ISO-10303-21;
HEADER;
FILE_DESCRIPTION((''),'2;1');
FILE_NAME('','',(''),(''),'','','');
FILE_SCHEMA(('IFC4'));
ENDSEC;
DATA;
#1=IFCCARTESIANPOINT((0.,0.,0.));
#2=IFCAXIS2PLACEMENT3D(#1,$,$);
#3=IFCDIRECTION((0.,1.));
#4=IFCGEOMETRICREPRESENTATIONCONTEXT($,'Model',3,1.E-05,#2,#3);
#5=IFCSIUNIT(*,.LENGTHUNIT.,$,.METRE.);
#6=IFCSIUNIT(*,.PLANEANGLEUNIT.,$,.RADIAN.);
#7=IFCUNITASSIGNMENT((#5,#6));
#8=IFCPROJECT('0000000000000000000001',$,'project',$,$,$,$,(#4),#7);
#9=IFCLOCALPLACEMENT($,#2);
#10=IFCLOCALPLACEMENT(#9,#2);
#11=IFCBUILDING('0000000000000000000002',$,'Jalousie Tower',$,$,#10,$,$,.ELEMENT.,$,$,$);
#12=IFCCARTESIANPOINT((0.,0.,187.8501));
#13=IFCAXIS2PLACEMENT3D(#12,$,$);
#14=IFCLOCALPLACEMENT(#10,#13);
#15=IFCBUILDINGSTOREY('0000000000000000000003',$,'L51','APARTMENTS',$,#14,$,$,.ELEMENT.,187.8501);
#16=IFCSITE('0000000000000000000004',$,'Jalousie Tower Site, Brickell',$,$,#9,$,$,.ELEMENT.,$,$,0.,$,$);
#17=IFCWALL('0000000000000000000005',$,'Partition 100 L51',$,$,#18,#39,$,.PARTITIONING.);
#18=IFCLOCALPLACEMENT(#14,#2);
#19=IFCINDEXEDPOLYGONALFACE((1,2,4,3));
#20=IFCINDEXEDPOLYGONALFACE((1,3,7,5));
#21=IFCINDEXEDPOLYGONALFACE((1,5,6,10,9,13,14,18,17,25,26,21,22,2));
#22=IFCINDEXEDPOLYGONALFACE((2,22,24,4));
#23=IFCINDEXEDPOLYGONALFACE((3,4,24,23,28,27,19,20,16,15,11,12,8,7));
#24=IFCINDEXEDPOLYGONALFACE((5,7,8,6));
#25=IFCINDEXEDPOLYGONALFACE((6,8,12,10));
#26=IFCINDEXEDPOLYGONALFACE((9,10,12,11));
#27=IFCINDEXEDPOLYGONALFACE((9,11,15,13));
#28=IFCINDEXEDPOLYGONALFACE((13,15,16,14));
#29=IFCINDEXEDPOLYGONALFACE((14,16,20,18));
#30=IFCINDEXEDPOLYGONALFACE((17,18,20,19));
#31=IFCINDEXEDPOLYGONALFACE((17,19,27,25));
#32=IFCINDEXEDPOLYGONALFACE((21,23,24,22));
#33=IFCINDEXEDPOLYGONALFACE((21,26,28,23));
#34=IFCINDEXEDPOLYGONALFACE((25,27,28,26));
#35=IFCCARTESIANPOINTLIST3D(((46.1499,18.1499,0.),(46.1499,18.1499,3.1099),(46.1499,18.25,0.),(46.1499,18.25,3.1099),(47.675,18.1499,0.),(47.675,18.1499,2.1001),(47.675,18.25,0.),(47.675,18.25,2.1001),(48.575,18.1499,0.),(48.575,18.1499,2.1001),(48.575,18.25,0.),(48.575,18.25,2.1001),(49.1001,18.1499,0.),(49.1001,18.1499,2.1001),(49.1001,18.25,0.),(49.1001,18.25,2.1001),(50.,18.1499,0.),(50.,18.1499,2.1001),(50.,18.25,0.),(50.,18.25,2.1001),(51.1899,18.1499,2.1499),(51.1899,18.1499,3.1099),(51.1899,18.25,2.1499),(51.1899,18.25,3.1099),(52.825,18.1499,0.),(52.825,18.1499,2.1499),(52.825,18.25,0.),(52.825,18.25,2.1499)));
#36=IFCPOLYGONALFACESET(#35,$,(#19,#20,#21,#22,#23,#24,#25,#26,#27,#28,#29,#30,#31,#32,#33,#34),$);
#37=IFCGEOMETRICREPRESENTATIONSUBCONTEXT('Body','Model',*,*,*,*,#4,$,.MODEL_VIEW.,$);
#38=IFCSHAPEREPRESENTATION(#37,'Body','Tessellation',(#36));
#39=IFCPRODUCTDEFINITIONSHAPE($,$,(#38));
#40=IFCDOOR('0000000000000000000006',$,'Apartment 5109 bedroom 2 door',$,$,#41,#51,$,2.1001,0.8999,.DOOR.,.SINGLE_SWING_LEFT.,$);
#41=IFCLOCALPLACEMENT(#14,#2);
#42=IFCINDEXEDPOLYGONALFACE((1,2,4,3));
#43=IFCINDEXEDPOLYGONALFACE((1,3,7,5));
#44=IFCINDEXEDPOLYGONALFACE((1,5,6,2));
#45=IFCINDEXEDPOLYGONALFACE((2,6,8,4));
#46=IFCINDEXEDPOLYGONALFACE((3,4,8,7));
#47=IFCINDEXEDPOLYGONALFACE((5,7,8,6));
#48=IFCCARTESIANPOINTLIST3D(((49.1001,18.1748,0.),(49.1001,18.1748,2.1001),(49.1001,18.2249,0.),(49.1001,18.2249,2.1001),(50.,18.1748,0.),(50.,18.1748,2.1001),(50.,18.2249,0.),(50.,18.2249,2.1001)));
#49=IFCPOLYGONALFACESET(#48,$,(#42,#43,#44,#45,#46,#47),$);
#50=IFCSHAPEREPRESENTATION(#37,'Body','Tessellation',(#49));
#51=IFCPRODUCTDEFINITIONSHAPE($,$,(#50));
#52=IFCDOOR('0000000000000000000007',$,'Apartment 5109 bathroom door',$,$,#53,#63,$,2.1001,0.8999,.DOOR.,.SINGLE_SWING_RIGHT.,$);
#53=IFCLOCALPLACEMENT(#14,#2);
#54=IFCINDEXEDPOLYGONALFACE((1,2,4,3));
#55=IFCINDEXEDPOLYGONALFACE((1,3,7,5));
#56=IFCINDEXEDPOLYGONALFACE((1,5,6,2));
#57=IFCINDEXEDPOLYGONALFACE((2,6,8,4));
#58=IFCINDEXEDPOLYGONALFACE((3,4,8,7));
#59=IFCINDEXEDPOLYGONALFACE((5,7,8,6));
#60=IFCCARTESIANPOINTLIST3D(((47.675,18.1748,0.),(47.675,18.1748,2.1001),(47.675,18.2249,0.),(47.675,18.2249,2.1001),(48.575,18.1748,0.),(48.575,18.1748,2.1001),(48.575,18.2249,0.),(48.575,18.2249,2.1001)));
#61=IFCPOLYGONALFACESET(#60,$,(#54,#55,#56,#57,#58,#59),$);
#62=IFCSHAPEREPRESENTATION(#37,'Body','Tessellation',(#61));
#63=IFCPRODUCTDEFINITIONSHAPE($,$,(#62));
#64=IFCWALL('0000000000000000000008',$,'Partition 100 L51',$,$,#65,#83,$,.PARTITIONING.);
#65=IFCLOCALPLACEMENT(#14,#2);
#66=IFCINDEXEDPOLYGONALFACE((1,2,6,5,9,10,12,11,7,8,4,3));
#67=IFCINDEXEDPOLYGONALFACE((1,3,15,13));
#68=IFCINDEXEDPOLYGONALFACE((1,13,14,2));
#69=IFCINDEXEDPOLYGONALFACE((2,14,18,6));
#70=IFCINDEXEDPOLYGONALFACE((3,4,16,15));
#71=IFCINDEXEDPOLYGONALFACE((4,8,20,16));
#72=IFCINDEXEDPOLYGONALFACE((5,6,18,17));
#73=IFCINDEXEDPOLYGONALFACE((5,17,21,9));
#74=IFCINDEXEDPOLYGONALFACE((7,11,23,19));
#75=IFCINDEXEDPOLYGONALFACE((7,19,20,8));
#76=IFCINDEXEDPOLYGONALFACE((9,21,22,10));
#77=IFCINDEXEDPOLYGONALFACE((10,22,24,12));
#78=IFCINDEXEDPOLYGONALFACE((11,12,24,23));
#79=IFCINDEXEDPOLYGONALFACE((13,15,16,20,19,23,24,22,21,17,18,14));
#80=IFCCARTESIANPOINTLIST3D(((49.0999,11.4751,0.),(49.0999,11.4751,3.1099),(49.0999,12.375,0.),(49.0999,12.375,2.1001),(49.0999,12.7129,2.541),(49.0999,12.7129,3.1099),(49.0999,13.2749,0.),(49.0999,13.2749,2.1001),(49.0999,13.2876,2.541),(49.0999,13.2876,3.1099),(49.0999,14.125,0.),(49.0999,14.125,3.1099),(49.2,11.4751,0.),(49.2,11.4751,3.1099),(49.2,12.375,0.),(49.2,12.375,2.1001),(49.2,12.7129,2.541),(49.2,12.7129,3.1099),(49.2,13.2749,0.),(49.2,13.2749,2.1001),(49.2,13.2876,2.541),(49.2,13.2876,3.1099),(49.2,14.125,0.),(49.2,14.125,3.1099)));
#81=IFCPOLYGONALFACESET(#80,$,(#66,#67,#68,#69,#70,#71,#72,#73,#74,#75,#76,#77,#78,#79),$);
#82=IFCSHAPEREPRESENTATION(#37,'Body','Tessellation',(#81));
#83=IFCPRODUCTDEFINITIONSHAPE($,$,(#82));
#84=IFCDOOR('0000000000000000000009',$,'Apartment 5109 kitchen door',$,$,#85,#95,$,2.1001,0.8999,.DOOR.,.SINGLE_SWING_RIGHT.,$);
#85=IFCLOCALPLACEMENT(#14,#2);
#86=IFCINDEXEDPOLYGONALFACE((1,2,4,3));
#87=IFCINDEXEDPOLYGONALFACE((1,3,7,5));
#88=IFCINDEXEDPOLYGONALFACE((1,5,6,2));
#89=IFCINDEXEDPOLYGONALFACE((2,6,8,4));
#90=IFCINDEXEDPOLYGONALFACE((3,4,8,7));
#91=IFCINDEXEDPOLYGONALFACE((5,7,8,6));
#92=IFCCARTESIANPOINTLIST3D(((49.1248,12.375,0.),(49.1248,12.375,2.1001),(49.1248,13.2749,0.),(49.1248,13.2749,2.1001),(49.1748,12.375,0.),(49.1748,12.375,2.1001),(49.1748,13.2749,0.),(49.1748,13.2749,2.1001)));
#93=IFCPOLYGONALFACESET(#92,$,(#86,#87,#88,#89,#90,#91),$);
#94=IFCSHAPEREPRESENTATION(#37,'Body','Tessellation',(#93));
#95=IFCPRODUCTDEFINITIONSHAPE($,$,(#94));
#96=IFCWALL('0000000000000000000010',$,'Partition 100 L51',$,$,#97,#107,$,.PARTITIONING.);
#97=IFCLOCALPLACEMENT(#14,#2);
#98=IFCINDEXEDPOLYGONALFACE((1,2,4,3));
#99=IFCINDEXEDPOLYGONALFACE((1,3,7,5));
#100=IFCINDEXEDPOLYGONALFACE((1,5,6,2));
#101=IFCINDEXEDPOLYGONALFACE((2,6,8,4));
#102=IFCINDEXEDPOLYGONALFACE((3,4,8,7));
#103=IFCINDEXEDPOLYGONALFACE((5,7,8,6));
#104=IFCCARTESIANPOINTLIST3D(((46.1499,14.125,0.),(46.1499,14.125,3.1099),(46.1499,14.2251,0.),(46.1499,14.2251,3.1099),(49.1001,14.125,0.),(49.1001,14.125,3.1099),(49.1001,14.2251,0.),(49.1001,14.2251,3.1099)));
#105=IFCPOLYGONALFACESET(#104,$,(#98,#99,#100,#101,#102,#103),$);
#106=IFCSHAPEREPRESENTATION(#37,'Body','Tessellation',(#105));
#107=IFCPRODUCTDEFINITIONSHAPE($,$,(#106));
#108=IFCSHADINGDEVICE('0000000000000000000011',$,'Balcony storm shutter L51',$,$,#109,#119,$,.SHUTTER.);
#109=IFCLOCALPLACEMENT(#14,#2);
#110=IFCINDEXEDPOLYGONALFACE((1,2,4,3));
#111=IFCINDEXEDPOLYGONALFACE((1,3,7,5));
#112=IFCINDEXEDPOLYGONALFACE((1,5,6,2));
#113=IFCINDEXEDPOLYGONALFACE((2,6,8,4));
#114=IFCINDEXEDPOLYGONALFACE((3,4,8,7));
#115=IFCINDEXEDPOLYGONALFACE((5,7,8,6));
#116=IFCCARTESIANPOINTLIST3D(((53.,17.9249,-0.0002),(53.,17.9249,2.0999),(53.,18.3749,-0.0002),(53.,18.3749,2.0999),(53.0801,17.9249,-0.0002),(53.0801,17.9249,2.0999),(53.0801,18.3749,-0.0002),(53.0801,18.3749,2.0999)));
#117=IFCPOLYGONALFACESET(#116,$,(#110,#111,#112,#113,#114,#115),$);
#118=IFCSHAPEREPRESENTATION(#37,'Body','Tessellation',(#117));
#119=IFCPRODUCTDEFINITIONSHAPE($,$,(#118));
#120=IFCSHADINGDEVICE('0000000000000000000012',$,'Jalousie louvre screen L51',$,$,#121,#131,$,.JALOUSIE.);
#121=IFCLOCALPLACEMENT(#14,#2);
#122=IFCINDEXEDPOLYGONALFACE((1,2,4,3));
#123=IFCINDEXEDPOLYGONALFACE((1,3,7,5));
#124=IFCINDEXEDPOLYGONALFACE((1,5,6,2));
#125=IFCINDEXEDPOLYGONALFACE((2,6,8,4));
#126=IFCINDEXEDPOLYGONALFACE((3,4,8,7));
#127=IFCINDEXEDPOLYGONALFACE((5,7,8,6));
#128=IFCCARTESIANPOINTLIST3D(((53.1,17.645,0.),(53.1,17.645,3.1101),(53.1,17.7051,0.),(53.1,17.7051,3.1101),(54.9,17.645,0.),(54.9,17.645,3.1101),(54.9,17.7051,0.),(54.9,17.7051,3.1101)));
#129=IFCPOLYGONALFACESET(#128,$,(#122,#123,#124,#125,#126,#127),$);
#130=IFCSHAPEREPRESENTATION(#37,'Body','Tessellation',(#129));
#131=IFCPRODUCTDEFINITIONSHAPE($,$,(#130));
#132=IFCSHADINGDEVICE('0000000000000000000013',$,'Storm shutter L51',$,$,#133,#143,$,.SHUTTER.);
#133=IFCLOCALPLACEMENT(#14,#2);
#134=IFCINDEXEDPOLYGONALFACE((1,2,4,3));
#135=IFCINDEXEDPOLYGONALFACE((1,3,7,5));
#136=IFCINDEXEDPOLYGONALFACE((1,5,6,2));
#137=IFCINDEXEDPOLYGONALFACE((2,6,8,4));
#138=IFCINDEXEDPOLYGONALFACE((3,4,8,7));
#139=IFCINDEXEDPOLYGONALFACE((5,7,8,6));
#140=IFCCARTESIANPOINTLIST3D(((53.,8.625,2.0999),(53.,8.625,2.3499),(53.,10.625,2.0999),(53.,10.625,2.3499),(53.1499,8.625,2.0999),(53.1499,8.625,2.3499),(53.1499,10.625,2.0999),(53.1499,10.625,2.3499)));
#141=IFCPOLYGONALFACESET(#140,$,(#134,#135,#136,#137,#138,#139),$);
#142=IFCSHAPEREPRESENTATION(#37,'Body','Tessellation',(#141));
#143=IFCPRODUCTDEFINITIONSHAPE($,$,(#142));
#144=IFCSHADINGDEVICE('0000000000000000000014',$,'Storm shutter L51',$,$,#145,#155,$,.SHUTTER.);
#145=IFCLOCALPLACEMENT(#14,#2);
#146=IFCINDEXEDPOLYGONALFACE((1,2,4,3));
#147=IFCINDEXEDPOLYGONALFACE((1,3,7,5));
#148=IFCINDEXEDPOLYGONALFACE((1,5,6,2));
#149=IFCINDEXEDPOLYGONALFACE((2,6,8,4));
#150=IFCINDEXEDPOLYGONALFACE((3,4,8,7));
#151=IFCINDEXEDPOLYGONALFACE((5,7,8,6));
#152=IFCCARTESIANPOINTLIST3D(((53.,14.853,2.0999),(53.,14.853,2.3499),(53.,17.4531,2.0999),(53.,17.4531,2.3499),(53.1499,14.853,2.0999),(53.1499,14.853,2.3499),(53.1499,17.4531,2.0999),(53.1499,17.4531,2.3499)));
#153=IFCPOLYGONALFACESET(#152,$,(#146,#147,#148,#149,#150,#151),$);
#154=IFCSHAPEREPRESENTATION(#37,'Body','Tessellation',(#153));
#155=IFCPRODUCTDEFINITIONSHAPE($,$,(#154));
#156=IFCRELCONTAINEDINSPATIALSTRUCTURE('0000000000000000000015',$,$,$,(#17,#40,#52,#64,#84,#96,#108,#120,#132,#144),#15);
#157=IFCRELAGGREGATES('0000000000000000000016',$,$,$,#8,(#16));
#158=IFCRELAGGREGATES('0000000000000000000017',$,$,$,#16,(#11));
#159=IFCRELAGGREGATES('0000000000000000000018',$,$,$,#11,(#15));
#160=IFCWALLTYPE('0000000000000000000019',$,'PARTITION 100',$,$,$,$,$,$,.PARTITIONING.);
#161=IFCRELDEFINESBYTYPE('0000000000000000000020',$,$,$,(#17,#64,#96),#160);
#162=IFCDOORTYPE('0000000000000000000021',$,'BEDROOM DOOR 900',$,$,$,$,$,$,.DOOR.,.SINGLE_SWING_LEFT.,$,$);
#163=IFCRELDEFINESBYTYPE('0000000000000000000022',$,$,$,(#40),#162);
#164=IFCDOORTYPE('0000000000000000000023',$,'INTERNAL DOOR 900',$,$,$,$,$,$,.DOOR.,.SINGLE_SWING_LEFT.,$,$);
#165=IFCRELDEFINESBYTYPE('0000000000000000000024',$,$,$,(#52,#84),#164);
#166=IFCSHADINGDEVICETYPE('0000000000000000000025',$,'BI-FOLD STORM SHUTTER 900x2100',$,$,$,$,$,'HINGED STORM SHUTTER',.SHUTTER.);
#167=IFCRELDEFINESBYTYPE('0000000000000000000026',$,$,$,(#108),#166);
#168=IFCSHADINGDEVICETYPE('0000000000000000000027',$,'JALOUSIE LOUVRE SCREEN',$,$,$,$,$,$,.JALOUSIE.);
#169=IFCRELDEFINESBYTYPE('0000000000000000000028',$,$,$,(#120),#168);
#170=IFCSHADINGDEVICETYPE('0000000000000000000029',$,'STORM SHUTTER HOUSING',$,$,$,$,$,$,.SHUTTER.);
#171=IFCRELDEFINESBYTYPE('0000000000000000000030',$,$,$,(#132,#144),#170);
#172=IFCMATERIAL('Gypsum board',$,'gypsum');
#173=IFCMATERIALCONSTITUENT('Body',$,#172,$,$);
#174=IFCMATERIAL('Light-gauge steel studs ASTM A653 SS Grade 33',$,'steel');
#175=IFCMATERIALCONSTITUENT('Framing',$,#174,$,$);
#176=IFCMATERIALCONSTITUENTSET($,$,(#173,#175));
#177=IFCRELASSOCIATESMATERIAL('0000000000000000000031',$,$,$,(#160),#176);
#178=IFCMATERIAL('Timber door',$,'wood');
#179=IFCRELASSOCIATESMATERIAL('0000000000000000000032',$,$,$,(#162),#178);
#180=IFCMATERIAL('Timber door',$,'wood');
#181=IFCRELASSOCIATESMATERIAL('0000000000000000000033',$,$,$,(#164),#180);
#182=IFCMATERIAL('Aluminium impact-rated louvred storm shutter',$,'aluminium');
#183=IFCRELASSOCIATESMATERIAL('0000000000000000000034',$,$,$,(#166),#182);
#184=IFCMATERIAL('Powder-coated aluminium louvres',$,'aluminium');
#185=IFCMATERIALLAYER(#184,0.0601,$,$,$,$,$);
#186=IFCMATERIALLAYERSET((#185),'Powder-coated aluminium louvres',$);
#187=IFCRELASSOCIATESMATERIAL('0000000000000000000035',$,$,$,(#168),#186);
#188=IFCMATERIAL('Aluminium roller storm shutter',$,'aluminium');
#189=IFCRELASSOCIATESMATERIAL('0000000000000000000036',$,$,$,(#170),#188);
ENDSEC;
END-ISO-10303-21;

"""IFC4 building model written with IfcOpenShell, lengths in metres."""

from ifc_helpers import new_model, si_unit, direction, frame, frame_2d, origin, origin_2d, place, context, subcontext, project, spatial, polyline, rectangle, outline, extrude, material, layer, layer_set, constituent, constituent_set, type_object, element, fill, save


model = new_model("IFC4")

# Units and contexts
model_context = context("Model", 3, precision=1e-05, world=origin(), true_north=direction((0.0, 1.0)))
body_context = subcontext(model_context, "Body", "Model", "MODEL_VIEW")
ifc_project = project(units=[si_unit("LENGTHUNIT", "METRE"), si_unit("PLANEANGLEUNIT", "RADIAN")], contexts=[model_context])

# Site, building, storey
site_placement = place(None, origin())
site = spatial("IfcSite", under=ifc_project, at=site_placement, Name="Jalousie Tower Site, Brickell", CompositionType="ELEMENT", RefElevation=0.0)
building_placement = place(site_placement, origin())
building = spatial("IfcBuilding", under=site, at=building_placement, Name="Jalousie Tower", CompositionType="ELEMENT")
storey_placement = place(building_placement, frame((0.0, 0.0, 187.8501)))
storey = spatial("IfcBuildingStorey", under=building, at=storey_placement, Name="L51", Description="APARTMENTS", CompositionType="ELEMENT", Elevation=187.8501)

# Shared definitions
ifc_material_1 = material(Name="Gypsum board", Category="gypsum")
ifc_constituent_1 = constituent(ifc_material_1, Name="Body")
ifc_material_2 = material(Name="Light-gauge steel studs ASTM A653 SS Grade 33", Category="steel")
ifc_constituent_2 = constituent(ifc_material_2, Name="Framing")
ifc_constituent_set_1 = constituent_set(constituents=[ifc_constituent_1, ifc_constituent_2])
wall_type_1 = type_object("IfcWallType", Name="PARTITION 100", PredefinedType="PARTITIONING", material=ifc_constituent_set_1)
ifc_material_3 = material(Name="Timber door", Category="wood")
door_type_1 = type_object("IfcDoorType", Name="BEDROOM DOOR 900", OperationType="SINGLE_SWING_LEFT", PredefinedType="DOOR", material=ifc_material_3)

# Wall, openings, doors
wall_1_placement = place(storey_placement, frame((52.825, 18.2, 0.0), z_axis=(0.0, 0.0, 1.0), x_axis=(-1.0, 0.0, 0.0)))
wall_1 = element("IfcWall", 1, at=wall_1_placement, inside=storey, type_object=wall_type_1, Name="Partition 100 L51", PredefinedType="PARTITIONING", context=body_context, shape_type="SweptSolid", body=[
    extrude(outline(polyline([(0.0, 0.0), (6.675, 0.0), (6.675, 3.1099), (1.635, 3.1099), (1.635, 2.1499), (0.0, 2.1499), (0.0, 3.1099), (0.0, 0.0)])), frame((0.0, 0.05, 0.0), z_axis=(0.0, -1.0, 0.0), x_axis=(1.0, 0.0, 0.0)), (0.0, 0.0, 1.0), 0.1001),
])
opening_1_placement = place(wall_1_placement, frame((2.825, 0.0, 0.0)))
opening_1 = element("IfcOpeningElement", 2, at=opening_1_placement, cuts=wall_1, PredefinedType="OPENING", context=body_context, shape_type="SweptSolid", body=[
    extrude(rectangle(XDim=0.8999, YDim=2.1001, at=frame_2d((0.45, 1.05))), frame((0.0, 0.0601, 0.0), z_axis=(0.0, -1.0, 0.0), x_axis=(1.0, 0.0, 0.0)), (0.0, 0.0, 1.0), 0.1201),
])
opening_2_placement = place(wall_1_placement, frame((4.25, 0.0, 0.0)))
opening_2 = element("IfcOpeningElement", 3, at=opening_2_placement, cuts=wall_1, PredefinedType="OPENING", context=body_context, shape_type="SweptSolid", body=[
    extrude(rectangle(XDim=0.8999, YDim=2.1001, at=frame_2d((0.45, 1.05))), frame((0.0, 0.0601, 0.0), z_axis=(0.0, -1.0, 0.0), x_axis=(1.0, 0.0, 0.0)), (0.0, 0.0, 1.0), 0.1201),
])
door_1_placement = place(opening_1_placement, frame((0.8999, 0.0, 0.0), z_axis=(0.0, 0.0, 1.0), x_axis=(-1.0, 0.0, 0.0)))
door_1 = element("IfcDoor", 4, at=door_1_placement, inside=storey, type_object=door_type_1, Name="Apartment 5109 bedroom 2 door", OperationType="SINGLE_SWING_LEFT", OverallHeight=2.1001, OverallWidth=0.8999, PredefinedType="DOOR", context=body_context, shape_type="SweptSolid", body=[
    extrude(rectangle(XDim=0.8999, YDim=2.1001, at=frame_2d((0.45, 1.05))), frame((0.0, 0.0249, 0.0), z_axis=(0.0, -1.0, 0.0), x_axis=(1.0, 0.0, 0.0)), (0.0, 0.0, 1.0), 0.05),
])
fill(opening_1, door_1)
ifc_material_4 = material(Name="Timber door", Category="wood")
door_type_2 = type_object("IfcDoorType", Name="INTERNAL DOOR 900", OperationType="SINGLE_SWING_LEFT", PredefinedType="DOOR", material=ifc_material_4)
door_2_placement = place(opening_2_placement, frame((0.8999, 0.0, 0.0), z_axis=(0.0, 0.0, 1.0), x_axis=(-1.0, 0.0, 0.0)))
door_2 = element("IfcDoor", 5, at=door_2_placement, inside=storey, type_object=door_type_2, Name="Apartment 5109 bathroom door", OperationType="SINGLE_SWING_RIGHT", OverallHeight=2.1001, OverallWidth=0.8999, PredefinedType="DOOR", context=body_context, shape_type="SweptSolid", body=[
    extrude(rectangle(XDim=0.8999, YDim=2.1001, at=frame_2d((0.45, 1.05))), frame((0.0, 0.0249, 0.0), z_axis=(0.0, -1.0, 0.0), x_axis=(1.0, 0.0, 0.0)), (0.0, 0.0, 1.0), 0.05),
])
fill(opening_2, door_2)

# Wall, opening, door
wall_2_placement = place(storey_placement, frame((49.1499, 11.4751, 0.0), z_axis=(0.0, 0.0, 1.0), x_axis=(0.0, 1.0, 0.0)))
wall_2 = element("IfcWall", 6, at=wall_2_placement, inside=storey, type_object=wall_type_1, Name="Partition 100 L51", PredefinedType="PARTITIONING", context=body_context, shape_type="SweptSolid", body=[
    extrude(outline(polyline([(0.0, 0.0), (2.6499, 0.0), (2.6499, 3.1099), (1.8125, 3.1099), (1.8125, 2.541), (1.2378, 2.541), (1.2378, 3.1099), (0.0, 3.1099), (0.0, 0.0)])), frame((0.0, 0.05, 0.0), z_axis=(0.0, -1.0, 0.0), x_axis=(1.0, 0.0, 0.0)), (0.0, 0.0, 1.0), 0.1001),
])
opening_3_placement = place(wall_2_placement, frame((0.8999, 0.0, 0.0)))
opening_3 = element("IfcOpeningElement", 7, at=opening_3_placement, cuts=wall_2, PredefinedType="OPENING", context=body_context, shape_type="SweptSolid", body=[
    extrude(rectangle(XDim=0.8999, YDim=2.1001, at=frame_2d((0.45, 1.05))), frame((0.0, 0.0601, 0.0), z_axis=(0.0, -1.0, 0.0), x_axis=(1.0, 0.0, 0.0)), (0.0, 0.0, 1.0), 0.1201),
])
door_3_placement = place(opening_3_placement, frame((0.8999, 0.0, 0.0), z_axis=(0.0, 0.0, 1.0), x_axis=(-1.0, 0.0, 0.0)))
door_3 = element("IfcDoor", 8, at=door_3_placement, inside=storey, type_object=door_type_2, Name="Apartment 5109 kitchen door", OperationType="SINGLE_SWING_RIGHT", OverallHeight=2.1001, OverallWidth=0.8999, PredefinedType="DOOR", context=body_context, shape_type="SweptSolid", body=[
    extrude(rectangle(XDim=0.8999, YDim=2.1001, at=frame_2d((0.45, 1.05))), frame((0.0, 0.0249, 0.0), z_axis=(0.0, -1.0, 0.0), x_axis=(1.0, 0.0, 0.0)), (0.0, 0.0, 1.0), 0.05),
])
fill(opening_3, door_3)

# Wall
wall_3_placement = place(storey_placement, frame((49.1001, 14.175, 0.0), z_axis=(0.0, 0.0, 1.0), x_axis=(-1.0, 0.0, 0.0)))
element("IfcWall", 9, at=wall_3_placement, inside=storey, type_object=wall_type_1, Name="Partition 100 L51", PredefinedType="PARTITIONING", context=body_context, shape_type="SweptSolid", body=[
    extrude(rectangle(XDim=2.9502, YDim=0.1001, at=frame_2d((1.4751, 0.0))), origin(), (0.0, 0.0, 1.0), 3.1099),
])

# Shading device
ifc_material_5 = material(Name="Aluminium impact-rated louvred storm shutter", Category="aluminium")
shading_device_type_1 = type_object("IfcShadingDeviceType", Name="BI-FOLD STORM SHUTTER 900x2100", ElementType="HINGED STORM SHUTTER", PredefinedType="SHUTTER", material=ifc_material_5)
shading_device_1_placement = place(storey_placement, frame((53.04, 18.1499, -0.0002), z_axis=(0.0, 0.0, 1.0), x_axis=(0.0, 1.0, 0.0)))
element("IfcShadingDevice", 10, at=shading_device_1_placement, inside=storey, type_object=shading_device_type_1, Name="Balcony storm shutter L51", PredefinedType="SHUTTER", context=body_context, shape_type="SweptSolid", body=[
    extrude(rectangle(XDim=0.45, YDim=0.0801, at=origin_2d()), origin(), (0.0, 0.0, 1.0), 2.1001),
])

# Shading devices
ifc_material_6 = material(Name="Powder-coated aluminium louvres", Category="aluminium")
ifc_layer_1 = layer(ifc_material_6, 0.0601)
ifc_layer_set_1 = layer_set([ifc_layer_1], Name="Powder-coated aluminium louvres")
shading_device_type_2 = type_object("IfcShadingDeviceType", Name="JALOUSIE LOUVRE SCREEN", PredefinedType="JALOUSIE", material=ifc_layer_set_1)
shading_device_2_placement = place(storey_placement, frame((54.0, 17.675, 0.0), z_axis=(0.0, 0.0, 1.0), x_axis=(0.0, 1.0, 0.0)))
element("IfcShadingDevice", 11, at=shading_device_2_placement, inside=storey, type_object=shading_device_type_2, Name="Jalousie louvre screen L51", PredefinedType="JALOUSIE", context=body_context, shape_type="SweptSolid", body=[
    extrude(rectangle(XDim=0.0601, YDim=1.8, at=origin_2d()), origin(), (0.0, 0.0, 1.0), 3.1101),
])
ifc_material_7 = material(Name="Aluminium roller storm shutter", Category="aluminium")
shading_device_type_3 = type_object("IfcShadingDeviceType", Name="STORM SHUTTER HOUSING", PredefinedType="SHUTTER", material=ifc_material_7)
shading_device_3_placement = place(storey_placement, frame((53.075, 9.625, 2.0999), z_axis=(0.0, 0.0, 1.0), x_axis=(0.0, 1.0, 0.0)))
element("IfcShadingDevice", 12, at=shading_device_3_placement, inside=storey, type_object=shading_device_type_3, Name="Storm shutter L51", PredefinedType="SHUTTER", context=body_context, shape_type="SweptSolid", body=[
    extrude(rectangle(XDim=2.0, YDim=0.1499, at=origin_2d()), origin(), (0.0, 0.0, 1.0), 0.25),
])
shading_device_4_placement = place(storey_placement, frame((53.075, 16.1531, 2.0999), z_axis=(0.0, 0.0, 1.0), x_axis=(0.0, 1.0, 0.0)))
element("IfcShadingDevice", 13, at=shading_device_4_placement, inside=storey, type_object=shading_device_type_3, Name="Storm shutter L51", PredefinedType="SHUTTER", context=body_context, shape_type="SweptSolid", body=[
    extrude(rectangle(XDim=2.6001, YDim=0.1499, at=origin_2d()), origin(), (0.0, 0.0, 1.0), 0.25),
])

save(model, "model.ifc")
